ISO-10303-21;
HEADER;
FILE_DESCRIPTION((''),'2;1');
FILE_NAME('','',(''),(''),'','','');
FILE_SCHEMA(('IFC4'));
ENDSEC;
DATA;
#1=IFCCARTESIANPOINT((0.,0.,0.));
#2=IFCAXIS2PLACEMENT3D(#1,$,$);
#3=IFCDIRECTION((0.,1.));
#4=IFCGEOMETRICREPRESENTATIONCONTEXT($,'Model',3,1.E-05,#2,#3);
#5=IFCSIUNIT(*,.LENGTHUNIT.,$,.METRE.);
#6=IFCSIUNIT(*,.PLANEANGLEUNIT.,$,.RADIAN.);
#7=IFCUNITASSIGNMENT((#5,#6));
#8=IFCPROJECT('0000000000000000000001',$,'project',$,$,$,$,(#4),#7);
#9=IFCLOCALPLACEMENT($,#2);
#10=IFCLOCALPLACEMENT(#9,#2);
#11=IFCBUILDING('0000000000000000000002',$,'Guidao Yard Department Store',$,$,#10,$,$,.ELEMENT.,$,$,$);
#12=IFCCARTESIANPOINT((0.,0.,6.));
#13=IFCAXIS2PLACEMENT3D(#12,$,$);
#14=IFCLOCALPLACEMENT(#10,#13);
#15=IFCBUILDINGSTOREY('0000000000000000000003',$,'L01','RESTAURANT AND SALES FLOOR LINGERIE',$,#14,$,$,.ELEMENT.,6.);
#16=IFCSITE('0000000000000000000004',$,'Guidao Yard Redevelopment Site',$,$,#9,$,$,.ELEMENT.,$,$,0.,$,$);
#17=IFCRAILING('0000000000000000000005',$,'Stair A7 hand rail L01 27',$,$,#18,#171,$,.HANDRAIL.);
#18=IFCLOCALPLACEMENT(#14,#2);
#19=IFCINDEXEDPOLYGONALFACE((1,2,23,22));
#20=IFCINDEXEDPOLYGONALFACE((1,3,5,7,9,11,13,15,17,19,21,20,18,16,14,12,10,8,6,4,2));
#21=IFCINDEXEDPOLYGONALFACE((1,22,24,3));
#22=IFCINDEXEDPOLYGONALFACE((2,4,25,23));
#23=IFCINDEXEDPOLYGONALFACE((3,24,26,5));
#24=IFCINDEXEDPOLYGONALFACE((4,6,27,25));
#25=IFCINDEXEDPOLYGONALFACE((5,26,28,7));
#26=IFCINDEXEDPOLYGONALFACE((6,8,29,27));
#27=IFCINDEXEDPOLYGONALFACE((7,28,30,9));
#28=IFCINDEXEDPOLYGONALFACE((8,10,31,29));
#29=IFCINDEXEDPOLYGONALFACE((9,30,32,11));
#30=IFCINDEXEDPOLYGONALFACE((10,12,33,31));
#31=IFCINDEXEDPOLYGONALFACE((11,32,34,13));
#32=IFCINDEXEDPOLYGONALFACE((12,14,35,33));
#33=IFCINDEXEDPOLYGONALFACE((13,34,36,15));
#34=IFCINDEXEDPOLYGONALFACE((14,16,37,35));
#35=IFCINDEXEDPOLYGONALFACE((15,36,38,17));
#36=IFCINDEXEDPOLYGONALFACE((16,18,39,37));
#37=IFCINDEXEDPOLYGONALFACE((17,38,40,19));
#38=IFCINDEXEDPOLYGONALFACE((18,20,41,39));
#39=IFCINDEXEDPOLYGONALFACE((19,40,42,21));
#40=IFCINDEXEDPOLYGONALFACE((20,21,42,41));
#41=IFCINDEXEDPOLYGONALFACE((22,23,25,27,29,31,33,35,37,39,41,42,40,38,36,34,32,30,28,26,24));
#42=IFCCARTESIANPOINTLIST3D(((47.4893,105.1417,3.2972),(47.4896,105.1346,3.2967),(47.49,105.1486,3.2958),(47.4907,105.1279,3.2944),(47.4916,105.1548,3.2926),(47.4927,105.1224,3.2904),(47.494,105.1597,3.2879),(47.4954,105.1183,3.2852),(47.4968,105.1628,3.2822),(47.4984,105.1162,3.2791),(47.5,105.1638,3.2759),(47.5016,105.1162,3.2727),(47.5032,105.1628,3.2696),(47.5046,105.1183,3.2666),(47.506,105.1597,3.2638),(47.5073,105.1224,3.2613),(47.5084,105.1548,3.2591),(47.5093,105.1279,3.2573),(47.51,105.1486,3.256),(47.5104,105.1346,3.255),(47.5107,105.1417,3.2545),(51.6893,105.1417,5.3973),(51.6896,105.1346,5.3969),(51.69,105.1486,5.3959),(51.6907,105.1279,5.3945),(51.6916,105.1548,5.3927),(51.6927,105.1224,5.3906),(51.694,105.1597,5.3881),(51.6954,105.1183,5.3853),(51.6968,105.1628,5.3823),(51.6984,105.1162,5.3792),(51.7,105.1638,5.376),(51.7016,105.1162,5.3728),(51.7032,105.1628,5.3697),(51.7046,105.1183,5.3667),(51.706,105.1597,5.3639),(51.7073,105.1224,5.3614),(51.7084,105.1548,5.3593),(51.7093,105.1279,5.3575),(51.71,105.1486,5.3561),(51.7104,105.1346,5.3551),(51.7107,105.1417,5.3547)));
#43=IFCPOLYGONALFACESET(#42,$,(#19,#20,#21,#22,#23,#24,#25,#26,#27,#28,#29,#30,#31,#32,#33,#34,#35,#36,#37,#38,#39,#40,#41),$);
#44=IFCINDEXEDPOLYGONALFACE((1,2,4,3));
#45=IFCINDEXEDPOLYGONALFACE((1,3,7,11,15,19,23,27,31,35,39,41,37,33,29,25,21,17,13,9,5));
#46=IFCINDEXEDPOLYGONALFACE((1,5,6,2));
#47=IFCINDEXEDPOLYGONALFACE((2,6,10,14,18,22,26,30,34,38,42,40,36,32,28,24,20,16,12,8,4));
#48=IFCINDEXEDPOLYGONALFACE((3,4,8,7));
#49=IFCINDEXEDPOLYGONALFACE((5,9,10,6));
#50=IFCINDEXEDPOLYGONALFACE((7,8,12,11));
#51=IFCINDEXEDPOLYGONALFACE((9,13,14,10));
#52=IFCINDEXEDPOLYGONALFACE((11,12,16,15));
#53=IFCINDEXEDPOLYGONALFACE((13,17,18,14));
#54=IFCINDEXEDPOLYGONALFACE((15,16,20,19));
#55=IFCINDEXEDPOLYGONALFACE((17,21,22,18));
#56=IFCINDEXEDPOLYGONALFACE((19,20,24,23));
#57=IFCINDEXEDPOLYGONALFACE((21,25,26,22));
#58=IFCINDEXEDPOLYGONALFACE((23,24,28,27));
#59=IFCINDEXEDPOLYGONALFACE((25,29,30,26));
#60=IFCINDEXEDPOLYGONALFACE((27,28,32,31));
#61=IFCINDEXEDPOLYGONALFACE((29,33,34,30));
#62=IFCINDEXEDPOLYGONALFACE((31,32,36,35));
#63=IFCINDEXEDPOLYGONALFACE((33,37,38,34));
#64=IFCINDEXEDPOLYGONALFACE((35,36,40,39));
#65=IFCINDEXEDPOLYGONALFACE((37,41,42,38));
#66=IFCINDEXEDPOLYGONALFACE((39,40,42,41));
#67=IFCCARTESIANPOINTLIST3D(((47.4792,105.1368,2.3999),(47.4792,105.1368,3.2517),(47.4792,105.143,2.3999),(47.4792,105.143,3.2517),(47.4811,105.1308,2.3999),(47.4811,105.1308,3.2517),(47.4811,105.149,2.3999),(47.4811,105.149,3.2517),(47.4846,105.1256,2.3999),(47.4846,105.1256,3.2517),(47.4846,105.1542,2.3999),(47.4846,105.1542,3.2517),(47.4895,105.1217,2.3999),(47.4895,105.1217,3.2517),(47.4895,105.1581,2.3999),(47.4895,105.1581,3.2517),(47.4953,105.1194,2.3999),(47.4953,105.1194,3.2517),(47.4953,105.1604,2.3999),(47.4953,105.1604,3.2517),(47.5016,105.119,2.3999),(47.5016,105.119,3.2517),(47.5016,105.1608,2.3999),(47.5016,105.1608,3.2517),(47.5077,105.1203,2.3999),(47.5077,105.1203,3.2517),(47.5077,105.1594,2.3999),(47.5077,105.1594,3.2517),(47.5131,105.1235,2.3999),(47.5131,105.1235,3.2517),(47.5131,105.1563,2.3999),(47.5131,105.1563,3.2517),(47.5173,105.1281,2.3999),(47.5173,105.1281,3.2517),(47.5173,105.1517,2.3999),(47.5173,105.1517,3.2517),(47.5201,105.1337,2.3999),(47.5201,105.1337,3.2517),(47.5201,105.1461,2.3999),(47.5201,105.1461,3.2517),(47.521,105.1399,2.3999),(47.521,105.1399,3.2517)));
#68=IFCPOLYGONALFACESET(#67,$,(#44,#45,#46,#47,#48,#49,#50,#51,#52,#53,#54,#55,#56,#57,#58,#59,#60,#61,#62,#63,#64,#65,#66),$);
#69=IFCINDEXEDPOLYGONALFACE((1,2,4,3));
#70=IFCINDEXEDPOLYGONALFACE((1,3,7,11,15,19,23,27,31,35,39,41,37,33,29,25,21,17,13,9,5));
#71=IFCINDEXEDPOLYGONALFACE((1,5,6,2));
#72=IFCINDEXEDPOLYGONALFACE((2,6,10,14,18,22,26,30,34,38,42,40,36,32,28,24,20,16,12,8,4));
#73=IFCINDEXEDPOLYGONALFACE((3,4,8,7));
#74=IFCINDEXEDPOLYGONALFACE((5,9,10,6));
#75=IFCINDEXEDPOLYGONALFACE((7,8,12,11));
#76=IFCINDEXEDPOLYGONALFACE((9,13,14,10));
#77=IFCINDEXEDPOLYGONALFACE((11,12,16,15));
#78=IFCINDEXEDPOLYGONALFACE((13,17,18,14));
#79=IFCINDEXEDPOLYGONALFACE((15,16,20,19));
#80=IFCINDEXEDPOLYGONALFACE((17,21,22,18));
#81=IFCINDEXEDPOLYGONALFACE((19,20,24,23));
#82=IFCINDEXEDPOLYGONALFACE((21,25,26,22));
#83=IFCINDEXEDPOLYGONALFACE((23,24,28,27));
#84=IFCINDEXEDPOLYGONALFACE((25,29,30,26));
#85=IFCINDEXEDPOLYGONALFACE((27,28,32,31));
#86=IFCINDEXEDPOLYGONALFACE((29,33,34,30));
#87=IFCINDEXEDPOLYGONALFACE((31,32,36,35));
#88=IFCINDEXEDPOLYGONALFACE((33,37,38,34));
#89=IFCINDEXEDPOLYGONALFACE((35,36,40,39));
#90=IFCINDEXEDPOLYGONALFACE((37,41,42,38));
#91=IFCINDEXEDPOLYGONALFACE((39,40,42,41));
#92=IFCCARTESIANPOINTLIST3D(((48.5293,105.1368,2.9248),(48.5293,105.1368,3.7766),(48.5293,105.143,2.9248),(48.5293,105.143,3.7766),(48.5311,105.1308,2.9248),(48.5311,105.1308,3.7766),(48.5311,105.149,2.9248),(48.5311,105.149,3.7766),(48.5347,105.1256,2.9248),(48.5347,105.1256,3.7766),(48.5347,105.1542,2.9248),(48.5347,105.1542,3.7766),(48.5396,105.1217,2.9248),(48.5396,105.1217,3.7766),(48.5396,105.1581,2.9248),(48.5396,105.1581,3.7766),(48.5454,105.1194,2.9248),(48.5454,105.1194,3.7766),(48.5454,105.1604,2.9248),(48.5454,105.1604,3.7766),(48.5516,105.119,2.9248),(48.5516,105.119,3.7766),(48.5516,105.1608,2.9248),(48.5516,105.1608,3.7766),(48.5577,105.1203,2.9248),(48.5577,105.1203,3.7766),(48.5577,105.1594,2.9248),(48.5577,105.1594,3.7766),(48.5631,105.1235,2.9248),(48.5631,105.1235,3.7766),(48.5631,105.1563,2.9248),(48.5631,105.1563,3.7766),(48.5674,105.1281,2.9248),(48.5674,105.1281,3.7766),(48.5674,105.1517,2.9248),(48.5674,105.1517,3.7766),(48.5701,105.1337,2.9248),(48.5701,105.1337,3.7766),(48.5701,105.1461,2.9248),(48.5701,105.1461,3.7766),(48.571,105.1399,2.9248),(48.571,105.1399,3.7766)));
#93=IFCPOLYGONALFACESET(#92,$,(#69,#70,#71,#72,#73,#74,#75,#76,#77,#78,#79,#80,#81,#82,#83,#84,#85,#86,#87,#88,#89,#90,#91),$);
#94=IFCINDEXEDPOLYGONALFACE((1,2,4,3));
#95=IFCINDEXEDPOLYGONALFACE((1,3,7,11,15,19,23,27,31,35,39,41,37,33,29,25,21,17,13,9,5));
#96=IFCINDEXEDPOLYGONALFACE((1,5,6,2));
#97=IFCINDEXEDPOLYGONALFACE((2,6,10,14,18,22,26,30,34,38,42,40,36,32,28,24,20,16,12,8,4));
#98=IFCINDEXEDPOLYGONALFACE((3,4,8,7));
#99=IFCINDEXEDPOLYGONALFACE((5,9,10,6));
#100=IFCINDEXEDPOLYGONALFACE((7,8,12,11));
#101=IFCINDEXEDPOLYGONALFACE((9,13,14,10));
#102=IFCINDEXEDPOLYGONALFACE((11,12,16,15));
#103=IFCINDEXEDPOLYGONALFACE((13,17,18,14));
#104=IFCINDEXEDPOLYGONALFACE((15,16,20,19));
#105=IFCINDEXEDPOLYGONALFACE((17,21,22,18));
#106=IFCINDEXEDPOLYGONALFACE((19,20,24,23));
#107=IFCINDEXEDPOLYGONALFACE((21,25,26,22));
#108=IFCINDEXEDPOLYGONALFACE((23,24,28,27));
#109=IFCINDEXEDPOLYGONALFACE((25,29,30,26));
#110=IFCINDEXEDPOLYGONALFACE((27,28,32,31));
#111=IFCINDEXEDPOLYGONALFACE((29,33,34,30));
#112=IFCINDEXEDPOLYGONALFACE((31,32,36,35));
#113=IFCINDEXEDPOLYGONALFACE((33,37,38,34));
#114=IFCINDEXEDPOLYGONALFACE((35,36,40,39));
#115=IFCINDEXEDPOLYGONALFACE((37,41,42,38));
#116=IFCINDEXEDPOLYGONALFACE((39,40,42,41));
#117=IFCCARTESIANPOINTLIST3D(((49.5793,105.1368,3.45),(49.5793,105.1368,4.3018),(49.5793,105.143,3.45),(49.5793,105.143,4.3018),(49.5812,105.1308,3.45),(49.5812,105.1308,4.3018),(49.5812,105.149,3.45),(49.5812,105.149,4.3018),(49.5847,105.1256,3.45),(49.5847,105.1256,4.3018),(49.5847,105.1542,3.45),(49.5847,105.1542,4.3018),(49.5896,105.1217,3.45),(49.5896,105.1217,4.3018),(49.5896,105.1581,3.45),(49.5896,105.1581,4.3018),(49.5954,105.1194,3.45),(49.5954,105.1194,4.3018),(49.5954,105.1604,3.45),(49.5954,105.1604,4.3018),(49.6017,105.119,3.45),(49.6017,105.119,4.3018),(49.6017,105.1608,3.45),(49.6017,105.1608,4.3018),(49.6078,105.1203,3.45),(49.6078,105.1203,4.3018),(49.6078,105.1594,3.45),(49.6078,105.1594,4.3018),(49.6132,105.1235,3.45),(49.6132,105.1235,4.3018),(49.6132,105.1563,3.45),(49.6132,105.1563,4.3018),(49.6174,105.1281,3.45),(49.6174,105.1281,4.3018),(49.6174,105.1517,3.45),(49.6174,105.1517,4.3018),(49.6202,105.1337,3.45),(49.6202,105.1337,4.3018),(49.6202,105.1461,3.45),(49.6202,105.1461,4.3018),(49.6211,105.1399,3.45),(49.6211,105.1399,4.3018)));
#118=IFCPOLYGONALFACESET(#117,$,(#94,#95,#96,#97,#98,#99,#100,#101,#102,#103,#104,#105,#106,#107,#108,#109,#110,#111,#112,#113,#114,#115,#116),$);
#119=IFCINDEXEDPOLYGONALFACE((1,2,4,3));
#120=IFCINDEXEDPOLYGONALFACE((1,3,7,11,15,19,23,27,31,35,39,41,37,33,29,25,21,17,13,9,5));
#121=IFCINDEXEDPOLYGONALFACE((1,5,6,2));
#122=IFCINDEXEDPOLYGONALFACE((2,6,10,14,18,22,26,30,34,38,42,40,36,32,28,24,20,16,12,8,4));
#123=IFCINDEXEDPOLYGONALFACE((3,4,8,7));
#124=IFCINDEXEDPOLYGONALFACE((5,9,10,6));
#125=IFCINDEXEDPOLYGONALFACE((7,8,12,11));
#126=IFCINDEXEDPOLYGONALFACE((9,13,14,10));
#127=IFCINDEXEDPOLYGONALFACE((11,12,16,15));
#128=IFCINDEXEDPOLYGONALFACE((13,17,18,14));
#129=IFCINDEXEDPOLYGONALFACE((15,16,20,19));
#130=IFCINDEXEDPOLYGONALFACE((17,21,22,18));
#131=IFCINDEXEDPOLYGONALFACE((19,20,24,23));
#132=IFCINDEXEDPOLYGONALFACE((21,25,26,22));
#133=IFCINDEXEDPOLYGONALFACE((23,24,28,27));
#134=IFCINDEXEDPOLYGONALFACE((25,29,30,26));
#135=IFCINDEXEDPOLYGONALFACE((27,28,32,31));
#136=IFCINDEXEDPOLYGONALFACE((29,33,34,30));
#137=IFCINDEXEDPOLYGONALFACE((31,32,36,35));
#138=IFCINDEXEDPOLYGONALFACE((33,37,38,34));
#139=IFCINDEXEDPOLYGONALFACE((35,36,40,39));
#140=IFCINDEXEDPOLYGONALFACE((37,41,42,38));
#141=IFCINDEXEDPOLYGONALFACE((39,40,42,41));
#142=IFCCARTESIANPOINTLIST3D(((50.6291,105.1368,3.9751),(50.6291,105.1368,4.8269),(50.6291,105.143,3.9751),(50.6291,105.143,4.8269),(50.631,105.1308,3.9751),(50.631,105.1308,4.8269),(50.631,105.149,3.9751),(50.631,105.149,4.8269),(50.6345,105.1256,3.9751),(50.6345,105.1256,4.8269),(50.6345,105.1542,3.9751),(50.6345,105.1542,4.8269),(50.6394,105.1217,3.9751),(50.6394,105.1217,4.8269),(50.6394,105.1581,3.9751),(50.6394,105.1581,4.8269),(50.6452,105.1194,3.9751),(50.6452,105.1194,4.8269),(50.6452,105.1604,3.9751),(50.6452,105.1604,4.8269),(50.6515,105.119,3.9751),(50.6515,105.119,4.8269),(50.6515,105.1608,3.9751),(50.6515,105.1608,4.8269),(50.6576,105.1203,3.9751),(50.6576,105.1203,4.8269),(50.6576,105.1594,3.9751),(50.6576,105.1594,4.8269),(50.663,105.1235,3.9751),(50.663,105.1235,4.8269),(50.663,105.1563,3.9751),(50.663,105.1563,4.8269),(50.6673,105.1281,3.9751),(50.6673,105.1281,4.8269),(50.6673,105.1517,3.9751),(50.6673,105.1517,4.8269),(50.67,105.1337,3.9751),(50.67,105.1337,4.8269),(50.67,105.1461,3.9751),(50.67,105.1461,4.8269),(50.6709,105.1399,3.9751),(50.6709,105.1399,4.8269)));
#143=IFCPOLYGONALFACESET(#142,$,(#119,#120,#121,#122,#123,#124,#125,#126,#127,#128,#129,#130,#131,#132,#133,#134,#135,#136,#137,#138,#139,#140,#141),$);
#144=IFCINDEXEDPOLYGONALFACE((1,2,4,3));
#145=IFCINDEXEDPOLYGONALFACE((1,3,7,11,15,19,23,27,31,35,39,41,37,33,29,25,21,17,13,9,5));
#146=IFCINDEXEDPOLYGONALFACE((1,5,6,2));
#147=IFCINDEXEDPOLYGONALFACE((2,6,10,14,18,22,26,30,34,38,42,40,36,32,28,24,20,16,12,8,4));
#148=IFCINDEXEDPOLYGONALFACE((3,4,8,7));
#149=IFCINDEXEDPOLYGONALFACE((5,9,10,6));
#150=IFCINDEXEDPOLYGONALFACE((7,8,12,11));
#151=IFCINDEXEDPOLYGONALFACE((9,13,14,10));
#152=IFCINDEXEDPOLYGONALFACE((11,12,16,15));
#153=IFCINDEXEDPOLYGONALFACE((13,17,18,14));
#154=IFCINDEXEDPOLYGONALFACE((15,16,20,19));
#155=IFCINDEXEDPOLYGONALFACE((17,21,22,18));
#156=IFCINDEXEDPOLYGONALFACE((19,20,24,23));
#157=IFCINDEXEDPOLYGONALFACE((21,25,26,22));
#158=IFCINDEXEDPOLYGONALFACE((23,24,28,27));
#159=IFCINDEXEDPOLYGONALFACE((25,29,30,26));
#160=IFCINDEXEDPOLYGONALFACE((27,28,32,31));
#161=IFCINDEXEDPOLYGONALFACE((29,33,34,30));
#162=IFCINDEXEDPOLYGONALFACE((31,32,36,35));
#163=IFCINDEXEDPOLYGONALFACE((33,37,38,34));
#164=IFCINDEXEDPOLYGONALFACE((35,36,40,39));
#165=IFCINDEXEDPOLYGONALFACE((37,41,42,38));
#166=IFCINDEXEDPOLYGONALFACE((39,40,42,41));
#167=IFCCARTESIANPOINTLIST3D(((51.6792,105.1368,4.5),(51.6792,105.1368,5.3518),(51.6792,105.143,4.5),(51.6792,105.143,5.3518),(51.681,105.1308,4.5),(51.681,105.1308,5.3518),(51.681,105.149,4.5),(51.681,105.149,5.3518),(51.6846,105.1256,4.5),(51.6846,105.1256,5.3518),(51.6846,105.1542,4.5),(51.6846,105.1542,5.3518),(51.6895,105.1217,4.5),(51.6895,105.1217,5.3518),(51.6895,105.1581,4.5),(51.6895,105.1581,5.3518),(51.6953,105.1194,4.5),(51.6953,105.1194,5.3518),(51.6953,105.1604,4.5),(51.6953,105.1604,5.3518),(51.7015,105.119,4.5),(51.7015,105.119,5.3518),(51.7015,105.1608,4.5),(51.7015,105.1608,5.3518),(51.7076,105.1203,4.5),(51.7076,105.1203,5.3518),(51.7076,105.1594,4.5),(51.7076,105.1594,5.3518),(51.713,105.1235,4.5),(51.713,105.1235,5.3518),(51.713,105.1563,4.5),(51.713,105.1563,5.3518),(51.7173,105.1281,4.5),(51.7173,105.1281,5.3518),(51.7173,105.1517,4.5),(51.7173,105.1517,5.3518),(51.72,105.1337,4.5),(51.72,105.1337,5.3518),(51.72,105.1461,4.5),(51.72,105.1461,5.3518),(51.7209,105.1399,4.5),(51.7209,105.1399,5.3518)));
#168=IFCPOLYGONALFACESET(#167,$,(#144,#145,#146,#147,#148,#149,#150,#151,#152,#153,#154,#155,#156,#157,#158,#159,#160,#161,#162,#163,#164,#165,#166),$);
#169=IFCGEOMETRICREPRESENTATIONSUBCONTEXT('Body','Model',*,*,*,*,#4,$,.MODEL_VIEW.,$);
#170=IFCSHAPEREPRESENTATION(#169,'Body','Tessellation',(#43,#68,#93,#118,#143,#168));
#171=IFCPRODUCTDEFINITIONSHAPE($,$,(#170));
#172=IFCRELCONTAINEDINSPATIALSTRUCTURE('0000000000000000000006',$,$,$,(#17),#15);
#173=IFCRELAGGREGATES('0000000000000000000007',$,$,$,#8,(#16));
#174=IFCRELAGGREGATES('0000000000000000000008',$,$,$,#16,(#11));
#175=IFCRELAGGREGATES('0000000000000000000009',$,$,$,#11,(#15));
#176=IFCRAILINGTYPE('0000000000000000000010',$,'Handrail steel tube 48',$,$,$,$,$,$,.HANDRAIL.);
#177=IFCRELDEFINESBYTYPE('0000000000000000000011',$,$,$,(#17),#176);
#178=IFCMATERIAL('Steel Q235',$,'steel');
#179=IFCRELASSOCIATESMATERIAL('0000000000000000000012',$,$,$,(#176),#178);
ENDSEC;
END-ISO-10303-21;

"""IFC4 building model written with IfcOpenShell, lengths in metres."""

from ifc_helpers import new_model, si_unit, direction, frame, origin, origin_2d, place, context, subcontext, project, spatial, circle, extrude, material, type_object, element, save


model = new_model("IFC4")

# Units and contexts
model_context = context("Model", 3, precision=1e-05, world=origin(), true_north=direction((0.0, 1.0)))
body_context = subcontext(model_context, "Body", "Model", "MODEL_VIEW")
ifc_project = project(units=[si_unit("LENGTHUNIT", "METRE"), si_unit("PLANEANGLEUNIT", "RADIAN")], contexts=[model_context])

# Site, building, storey
site_placement = place(None, origin())
site = spatial("IfcSite", under=ifc_project, at=site_placement, Name="Guidao Yard Redevelopment Site", CompositionType="ELEMENT", RefElevation=0.0)
building_placement = place(site_placement, origin())
building = spatial("IfcBuilding", under=site, at=building_placement, Name="Guidao Yard Department Store", CompositionType="ELEMENT")
storey_placement = place(building_placement, frame((0.0, 0.0, 6.0)))
storey = spatial("IfcBuildingStorey", under=building, at=storey_placement, Name="L01", Description="RESTAURANT AND SALES FLOOR LINGERIE", CompositionType="ELEMENT", Elevation=6.0)

# Railing
ifc_material_1 = material(Name="Steel Q235", Category="steel")
railing_type_1 = type_object("IfcRailingType", Name="Handrail steel tube 48", PredefinedType="HANDRAIL", material=ifc_material_1)
for number, where, name in (
    (1, (47.5, 105.1399, 2.3999), "Stair A7 hand rail L01 27"),
):
    element("IfcRailing", number, at=place(storey_placement, frame(where)), inside=storey, type_object=railing_type_1, Name=name, PredefinedType="HANDRAIL", context=body_context, shape_type="SweptSolid", body=[
        extrude(circle(Radius=0.0239, at=origin_2d()), frame((0.0, 0.0, 0.876), z_axis=(0.894417, 0.0, 0.447234), x_axis=(0.0, 1.0, 0.0)), (0.0, 0.0, 1.0), 4.6958),
        extrude(circle(Radius=0.021, at=origin_2d()), origin(), (0.0, 0.0, 1.0), 0.8518),
        extrude(circle(Radius=0.021, at=origin_2d()), frame((1.05, 0.0, 0.5249)), (0.0, 0.0, 1.0), 0.8518),
        extrude(circle(Radius=0.021, at=origin_2d()), frame((2.1001, 0.0, 1.05)), (0.0, 0.0, 1.0), 0.8518),
        extrude(circle(Radius=0.021, at=origin_2d()), frame((3.1499, 0.0, 1.5752)), (0.0, 0.0, 1.0), 0.8518),
        extrude(circle(Radius=0.021, at=origin_2d()), frame((4.2, 0.0, 2.1001)), (0.0, 0.0, 1.0), 0.8518),
    ])

save(model, "model.ifc")
